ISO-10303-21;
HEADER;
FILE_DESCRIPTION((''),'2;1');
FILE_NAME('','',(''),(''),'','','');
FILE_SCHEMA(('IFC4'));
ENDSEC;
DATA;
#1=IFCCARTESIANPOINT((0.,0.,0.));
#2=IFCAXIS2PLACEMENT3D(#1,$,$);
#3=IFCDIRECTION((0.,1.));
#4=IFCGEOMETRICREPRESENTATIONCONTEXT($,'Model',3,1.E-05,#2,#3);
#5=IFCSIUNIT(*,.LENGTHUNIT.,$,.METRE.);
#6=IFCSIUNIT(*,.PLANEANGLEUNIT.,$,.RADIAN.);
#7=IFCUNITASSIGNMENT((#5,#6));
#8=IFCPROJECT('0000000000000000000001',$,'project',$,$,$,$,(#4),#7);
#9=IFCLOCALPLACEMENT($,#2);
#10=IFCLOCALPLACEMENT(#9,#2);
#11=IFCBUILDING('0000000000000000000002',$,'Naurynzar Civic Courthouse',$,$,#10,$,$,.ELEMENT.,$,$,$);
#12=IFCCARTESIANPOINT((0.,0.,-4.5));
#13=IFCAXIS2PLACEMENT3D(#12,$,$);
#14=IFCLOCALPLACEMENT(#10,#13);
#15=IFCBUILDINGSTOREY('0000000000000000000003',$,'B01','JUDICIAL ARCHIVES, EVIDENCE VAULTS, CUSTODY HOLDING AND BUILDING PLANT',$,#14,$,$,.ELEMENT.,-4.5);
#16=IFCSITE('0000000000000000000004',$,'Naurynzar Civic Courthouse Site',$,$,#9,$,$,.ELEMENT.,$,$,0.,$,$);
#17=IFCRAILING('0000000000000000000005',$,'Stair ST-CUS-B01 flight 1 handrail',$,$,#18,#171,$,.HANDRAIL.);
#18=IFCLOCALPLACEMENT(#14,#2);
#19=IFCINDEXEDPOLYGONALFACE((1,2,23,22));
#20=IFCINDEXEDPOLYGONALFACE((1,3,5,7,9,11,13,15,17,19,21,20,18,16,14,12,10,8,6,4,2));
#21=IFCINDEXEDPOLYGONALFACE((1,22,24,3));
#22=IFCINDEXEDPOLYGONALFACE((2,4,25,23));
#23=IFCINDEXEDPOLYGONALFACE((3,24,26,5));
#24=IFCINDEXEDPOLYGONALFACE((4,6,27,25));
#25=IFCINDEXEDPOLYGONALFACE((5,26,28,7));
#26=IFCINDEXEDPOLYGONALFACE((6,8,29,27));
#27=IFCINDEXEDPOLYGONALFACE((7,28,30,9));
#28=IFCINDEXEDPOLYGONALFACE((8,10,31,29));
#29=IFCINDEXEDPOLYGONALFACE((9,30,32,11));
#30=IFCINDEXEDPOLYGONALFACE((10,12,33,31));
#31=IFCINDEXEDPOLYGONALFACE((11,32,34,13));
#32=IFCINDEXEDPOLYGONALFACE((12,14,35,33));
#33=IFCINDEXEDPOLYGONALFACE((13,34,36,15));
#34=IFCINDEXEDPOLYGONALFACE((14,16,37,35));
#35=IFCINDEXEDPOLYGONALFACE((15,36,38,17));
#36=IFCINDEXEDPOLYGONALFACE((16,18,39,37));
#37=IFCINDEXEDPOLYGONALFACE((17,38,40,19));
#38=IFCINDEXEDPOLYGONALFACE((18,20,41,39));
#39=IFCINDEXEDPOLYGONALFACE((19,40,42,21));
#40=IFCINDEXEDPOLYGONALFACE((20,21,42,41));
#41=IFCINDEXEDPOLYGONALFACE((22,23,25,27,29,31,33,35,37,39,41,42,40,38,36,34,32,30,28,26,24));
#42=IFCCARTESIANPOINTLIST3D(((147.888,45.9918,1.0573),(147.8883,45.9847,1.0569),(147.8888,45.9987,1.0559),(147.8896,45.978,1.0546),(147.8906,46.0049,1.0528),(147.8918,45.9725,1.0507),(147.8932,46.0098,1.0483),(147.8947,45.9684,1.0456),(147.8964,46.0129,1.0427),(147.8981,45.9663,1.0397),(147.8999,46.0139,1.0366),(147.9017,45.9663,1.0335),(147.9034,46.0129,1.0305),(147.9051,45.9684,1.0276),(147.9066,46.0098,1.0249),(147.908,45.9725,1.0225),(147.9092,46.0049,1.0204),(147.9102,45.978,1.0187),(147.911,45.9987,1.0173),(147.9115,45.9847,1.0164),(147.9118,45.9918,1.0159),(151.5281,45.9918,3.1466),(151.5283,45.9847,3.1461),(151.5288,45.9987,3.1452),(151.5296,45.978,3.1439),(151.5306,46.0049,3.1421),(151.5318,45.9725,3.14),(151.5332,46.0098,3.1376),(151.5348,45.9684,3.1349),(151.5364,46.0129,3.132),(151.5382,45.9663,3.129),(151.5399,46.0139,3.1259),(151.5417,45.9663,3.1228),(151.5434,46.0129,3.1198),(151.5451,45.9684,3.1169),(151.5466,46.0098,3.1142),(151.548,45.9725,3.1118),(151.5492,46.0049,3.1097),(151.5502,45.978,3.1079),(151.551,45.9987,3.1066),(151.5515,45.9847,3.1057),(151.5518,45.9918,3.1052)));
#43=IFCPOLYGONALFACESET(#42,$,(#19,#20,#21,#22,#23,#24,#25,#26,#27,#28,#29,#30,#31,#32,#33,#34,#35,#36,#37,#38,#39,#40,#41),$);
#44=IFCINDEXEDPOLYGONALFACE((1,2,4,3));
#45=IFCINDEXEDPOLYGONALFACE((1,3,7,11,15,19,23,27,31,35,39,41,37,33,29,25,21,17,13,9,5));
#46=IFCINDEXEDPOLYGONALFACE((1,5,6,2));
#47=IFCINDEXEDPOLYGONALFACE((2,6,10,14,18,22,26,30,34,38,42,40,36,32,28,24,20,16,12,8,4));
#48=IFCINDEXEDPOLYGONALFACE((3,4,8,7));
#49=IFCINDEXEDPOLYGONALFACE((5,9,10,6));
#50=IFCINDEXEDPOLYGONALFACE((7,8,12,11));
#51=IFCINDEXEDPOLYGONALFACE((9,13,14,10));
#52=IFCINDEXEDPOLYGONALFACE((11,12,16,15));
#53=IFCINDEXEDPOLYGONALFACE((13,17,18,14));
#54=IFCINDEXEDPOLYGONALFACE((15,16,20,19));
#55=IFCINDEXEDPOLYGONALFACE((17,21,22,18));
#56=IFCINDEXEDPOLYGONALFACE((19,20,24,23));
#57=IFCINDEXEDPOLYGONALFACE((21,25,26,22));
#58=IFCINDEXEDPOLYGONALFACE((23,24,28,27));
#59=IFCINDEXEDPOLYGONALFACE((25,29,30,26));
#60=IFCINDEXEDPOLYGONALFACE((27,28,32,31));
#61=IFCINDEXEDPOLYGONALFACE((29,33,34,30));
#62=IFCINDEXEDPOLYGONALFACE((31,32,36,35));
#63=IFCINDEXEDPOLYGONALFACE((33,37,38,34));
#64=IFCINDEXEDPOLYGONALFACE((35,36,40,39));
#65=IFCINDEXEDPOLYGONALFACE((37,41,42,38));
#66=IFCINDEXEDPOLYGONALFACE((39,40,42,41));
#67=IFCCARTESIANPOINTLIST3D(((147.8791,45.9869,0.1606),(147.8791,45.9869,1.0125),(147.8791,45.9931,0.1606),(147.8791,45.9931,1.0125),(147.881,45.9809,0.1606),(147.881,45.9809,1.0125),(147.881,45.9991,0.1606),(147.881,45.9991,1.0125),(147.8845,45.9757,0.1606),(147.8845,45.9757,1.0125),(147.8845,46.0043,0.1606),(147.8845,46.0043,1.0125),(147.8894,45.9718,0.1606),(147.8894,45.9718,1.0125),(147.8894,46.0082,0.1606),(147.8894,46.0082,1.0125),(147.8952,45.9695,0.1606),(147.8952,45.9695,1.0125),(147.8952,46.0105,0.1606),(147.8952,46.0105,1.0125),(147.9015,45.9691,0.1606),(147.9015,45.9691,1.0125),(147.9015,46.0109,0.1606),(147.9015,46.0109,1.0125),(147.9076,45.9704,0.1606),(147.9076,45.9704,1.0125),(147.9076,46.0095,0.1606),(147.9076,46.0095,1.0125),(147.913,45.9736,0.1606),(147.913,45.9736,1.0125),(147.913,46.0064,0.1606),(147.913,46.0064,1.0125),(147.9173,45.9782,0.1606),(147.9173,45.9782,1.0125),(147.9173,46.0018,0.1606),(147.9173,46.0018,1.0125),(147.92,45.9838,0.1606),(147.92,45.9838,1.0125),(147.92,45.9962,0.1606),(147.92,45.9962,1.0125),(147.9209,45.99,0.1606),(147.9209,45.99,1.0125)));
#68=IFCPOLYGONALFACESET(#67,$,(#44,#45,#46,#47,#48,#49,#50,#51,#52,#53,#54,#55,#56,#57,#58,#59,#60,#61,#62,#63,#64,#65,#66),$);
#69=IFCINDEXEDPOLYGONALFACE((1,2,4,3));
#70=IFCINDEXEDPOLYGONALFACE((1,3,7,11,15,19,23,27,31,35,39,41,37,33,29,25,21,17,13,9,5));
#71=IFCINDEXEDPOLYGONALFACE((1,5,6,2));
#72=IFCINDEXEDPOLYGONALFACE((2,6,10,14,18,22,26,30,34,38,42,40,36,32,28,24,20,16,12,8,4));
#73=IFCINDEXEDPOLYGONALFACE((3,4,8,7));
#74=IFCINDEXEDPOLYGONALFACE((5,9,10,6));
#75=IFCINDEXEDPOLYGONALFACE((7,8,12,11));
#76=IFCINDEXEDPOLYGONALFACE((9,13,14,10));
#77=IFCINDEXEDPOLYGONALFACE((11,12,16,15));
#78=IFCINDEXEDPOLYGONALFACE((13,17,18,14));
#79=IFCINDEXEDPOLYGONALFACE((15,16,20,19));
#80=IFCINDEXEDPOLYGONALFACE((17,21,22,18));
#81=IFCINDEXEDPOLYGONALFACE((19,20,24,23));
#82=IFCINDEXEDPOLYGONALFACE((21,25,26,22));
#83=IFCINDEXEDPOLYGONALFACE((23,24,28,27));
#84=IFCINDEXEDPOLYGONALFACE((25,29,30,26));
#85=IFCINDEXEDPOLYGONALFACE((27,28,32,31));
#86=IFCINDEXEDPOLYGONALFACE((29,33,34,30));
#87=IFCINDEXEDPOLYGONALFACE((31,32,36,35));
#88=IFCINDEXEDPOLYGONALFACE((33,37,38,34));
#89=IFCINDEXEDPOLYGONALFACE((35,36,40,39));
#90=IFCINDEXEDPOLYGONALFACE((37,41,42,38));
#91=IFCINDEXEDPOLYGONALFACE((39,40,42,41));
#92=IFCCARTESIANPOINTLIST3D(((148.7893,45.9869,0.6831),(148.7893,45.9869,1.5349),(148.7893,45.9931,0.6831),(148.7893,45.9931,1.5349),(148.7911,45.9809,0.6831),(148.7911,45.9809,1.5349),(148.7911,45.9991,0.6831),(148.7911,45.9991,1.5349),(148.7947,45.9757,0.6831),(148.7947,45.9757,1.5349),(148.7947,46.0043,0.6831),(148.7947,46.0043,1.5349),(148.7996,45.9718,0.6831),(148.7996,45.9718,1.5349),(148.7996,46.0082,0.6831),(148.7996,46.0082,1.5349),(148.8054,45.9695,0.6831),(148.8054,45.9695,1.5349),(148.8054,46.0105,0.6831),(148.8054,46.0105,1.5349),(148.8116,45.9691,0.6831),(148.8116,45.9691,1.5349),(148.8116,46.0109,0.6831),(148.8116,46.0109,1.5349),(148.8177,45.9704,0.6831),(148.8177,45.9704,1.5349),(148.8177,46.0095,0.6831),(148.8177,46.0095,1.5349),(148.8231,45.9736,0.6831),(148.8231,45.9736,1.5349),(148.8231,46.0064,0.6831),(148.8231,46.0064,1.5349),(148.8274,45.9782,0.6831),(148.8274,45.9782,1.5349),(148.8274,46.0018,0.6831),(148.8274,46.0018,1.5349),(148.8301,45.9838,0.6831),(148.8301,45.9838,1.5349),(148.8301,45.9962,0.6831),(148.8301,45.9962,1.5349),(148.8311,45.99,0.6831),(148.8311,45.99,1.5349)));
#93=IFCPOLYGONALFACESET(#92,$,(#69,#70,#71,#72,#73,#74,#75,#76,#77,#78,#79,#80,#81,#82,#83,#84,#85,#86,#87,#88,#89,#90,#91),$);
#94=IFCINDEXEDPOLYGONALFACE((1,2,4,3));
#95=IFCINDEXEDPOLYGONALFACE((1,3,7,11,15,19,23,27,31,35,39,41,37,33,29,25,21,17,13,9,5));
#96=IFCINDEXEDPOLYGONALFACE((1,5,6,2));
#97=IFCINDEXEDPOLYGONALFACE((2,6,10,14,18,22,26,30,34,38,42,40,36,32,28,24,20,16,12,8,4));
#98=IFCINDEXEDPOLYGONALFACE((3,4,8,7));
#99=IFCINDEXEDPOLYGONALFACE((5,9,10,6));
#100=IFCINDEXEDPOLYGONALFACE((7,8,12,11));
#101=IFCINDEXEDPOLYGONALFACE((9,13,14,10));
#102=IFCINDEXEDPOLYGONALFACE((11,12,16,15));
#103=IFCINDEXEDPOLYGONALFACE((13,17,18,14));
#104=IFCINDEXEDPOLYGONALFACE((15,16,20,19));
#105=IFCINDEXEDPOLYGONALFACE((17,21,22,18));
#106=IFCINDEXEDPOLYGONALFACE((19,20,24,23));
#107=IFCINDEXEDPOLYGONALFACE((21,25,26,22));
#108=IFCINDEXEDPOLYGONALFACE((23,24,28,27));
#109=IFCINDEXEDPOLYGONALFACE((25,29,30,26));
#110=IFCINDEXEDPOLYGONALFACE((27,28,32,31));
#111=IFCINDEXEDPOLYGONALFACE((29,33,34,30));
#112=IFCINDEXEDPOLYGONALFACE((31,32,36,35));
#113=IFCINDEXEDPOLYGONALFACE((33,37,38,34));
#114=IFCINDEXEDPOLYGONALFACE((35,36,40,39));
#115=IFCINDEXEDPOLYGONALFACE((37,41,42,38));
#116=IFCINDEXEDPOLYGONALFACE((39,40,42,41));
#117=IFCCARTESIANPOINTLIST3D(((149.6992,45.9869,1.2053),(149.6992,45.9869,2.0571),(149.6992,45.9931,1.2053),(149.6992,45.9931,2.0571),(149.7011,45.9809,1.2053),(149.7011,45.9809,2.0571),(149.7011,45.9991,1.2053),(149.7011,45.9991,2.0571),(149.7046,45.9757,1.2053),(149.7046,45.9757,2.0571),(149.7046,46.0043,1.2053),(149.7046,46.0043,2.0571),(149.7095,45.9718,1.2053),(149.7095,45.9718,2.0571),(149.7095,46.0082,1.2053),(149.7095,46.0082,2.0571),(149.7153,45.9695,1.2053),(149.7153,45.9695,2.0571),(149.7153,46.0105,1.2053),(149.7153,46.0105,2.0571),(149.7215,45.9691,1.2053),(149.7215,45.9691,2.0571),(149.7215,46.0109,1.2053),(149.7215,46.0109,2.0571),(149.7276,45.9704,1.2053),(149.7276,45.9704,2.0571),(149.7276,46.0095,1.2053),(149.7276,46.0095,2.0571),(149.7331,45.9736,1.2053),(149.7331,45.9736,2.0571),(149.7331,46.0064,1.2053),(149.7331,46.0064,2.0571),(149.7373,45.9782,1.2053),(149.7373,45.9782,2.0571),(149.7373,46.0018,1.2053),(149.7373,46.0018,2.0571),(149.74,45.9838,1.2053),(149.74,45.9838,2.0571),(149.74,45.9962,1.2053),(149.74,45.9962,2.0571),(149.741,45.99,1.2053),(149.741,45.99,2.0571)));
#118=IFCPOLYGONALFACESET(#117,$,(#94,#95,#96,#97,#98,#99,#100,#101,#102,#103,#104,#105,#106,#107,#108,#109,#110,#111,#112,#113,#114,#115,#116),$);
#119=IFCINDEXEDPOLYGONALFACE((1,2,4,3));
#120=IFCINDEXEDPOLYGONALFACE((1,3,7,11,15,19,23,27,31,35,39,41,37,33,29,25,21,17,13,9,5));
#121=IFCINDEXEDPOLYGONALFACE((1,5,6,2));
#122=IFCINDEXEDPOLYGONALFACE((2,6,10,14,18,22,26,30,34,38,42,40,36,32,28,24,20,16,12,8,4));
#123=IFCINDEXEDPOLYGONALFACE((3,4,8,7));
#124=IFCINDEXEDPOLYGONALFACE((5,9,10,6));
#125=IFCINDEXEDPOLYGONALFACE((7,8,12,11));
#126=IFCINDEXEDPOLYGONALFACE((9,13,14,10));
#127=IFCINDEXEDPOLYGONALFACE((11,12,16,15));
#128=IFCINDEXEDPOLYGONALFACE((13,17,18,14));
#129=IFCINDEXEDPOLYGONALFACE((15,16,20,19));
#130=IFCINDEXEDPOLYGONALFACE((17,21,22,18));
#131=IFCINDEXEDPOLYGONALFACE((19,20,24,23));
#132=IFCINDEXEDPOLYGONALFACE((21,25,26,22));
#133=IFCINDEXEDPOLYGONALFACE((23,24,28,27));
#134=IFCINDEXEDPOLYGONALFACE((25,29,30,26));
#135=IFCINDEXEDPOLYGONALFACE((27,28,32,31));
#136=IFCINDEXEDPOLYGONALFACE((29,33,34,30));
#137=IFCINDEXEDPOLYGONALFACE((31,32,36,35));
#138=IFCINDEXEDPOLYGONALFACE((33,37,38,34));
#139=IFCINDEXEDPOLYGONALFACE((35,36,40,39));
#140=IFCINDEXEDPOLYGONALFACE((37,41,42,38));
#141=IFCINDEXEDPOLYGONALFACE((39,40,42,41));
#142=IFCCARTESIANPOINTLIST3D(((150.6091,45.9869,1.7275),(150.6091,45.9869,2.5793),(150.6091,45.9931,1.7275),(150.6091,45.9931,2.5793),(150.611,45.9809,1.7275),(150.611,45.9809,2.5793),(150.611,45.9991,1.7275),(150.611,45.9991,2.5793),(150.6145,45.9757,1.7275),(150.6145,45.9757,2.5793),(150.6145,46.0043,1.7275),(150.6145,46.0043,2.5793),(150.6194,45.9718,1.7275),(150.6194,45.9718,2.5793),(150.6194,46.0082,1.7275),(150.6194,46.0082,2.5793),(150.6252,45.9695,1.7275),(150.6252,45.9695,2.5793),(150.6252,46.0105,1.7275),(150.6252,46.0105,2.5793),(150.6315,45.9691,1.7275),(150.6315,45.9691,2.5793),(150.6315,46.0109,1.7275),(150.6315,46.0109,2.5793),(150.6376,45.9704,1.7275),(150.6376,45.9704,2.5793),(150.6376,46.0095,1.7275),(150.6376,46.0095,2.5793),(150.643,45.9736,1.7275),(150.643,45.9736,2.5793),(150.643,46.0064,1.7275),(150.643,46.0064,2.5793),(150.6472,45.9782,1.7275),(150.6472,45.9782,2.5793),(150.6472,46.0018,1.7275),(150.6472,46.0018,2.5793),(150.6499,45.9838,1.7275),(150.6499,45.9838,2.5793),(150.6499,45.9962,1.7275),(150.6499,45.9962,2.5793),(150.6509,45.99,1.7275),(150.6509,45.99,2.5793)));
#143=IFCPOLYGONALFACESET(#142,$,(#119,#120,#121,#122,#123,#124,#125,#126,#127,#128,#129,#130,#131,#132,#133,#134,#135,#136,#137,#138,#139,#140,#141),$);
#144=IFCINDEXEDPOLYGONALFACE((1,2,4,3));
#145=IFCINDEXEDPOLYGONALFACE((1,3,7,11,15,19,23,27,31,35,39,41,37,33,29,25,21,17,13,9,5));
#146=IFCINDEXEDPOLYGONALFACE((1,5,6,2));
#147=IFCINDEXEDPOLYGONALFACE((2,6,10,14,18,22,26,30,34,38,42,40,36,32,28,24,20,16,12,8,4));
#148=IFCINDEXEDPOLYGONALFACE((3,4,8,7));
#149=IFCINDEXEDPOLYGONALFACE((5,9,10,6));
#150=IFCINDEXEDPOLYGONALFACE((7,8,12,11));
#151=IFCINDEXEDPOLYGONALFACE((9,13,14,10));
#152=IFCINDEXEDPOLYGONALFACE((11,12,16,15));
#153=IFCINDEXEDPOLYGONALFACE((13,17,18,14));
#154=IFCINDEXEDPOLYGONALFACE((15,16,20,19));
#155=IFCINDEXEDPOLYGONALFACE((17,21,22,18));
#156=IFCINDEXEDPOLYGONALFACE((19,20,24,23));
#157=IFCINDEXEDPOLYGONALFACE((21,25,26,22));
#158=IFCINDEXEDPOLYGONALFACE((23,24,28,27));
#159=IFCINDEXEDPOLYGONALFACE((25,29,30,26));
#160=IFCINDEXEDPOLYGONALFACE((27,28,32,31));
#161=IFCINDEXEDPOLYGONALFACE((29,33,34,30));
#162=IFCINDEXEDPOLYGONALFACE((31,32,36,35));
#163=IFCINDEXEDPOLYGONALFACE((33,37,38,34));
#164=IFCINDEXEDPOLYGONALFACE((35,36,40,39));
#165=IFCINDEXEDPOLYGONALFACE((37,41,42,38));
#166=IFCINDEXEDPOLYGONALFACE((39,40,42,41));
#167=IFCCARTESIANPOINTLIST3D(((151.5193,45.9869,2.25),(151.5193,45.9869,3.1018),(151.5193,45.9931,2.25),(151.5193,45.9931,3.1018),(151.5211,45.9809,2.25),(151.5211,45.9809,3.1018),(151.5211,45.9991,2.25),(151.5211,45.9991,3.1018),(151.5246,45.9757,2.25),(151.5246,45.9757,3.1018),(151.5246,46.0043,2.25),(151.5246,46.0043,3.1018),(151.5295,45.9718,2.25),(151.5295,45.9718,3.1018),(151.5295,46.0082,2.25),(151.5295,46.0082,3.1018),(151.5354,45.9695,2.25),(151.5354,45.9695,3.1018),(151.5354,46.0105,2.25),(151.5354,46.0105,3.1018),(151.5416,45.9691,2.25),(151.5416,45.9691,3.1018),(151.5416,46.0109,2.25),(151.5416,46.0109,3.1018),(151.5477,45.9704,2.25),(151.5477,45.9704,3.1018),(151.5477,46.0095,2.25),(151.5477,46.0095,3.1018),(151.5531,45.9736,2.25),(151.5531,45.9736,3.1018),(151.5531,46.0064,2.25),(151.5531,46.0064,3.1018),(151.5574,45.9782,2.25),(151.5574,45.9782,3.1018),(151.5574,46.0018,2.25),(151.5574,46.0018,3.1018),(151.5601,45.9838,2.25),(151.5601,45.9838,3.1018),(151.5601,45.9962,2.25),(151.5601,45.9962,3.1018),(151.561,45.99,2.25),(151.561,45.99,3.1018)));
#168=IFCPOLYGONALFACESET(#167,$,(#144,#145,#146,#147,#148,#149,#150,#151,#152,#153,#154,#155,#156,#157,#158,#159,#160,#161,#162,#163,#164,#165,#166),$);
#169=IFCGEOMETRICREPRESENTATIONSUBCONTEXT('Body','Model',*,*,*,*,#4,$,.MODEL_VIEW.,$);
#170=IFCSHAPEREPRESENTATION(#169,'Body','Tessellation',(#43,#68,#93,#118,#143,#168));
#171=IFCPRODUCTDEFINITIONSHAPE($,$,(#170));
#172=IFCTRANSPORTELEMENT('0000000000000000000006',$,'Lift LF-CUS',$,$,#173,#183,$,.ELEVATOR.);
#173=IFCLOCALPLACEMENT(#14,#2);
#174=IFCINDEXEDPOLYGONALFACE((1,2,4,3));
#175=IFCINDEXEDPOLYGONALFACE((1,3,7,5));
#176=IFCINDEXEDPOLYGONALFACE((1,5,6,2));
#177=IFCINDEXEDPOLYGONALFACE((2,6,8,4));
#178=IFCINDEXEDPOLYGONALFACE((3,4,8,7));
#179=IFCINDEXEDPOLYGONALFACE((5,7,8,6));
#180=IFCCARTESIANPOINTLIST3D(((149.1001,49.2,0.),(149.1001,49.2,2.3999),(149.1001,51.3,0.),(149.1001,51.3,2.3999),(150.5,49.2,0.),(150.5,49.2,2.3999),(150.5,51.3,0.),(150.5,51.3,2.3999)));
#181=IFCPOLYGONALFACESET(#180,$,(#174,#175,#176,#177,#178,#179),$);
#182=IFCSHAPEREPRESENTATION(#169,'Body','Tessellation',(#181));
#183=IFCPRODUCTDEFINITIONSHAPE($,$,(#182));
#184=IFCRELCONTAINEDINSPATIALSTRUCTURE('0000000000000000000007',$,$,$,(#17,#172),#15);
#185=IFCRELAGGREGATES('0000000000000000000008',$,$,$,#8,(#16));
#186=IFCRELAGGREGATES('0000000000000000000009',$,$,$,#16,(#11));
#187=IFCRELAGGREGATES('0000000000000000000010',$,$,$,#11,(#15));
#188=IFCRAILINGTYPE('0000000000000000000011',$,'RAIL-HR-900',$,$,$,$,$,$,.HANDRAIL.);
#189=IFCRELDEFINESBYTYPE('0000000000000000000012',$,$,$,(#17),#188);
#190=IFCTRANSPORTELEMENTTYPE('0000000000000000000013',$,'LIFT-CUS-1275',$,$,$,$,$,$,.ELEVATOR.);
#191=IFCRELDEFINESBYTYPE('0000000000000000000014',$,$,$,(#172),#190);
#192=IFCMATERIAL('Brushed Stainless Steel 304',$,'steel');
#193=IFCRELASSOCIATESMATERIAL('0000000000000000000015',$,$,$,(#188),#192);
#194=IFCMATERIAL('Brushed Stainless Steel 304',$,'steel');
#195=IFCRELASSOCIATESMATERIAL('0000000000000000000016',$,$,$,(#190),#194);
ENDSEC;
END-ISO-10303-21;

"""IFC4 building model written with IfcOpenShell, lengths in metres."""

from ifc_helpers import new_model, si_unit, direction, frame, origin, origin_2d, place, context, subcontext, project, spatial, rectangle, circle, extrude, material, type_object, element, save


model = new_model("IFC4")

# Units and contexts
model_context = context("Model", 3, precision=1e-05, world=origin(), true_north=direction((0.0, 1.0)))
body_context = subcontext(model_context, "Body", "Model", "MODEL_VIEW")
ifc_project = project(units=[si_unit("LENGTHUNIT", "METRE"), si_unit("PLANEANGLEUNIT", "RADIAN")], contexts=[model_context])

# Site, building, storey
site_placement = place(None, origin())
site = spatial("IfcSite", under=ifc_project, at=site_placement, Name="Naurynzar Civic Courthouse Site", CompositionType="ELEMENT", RefElevation=0.0)
building_placement = place(site_placement, origin())
building = spatial("IfcBuilding", under=site, at=building_placement, Name="Naurynzar Civic Courthouse", CompositionType="ELEMENT")
storey_placement = place(building_placement, frame((0.0, 0.0, -4.5)))
storey = spatial("IfcBuildingStorey", under=building, at=storey_placement, Name="B01", Description="JUDICIAL ARCHIVES, EVIDENCE VAULTS, CUSTODY HOLDING AND BUILDING PLANT", CompositionType="ELEMENT", Elevation=-4.5)

# Railing
ifc_material_1 = material(Name="Brushed Stainless Steel 304", Category="steel")
railing_type = type_object("IfcRailingType", Name="RAIL-HR-900", PredefinedType="HANDRAIL", material=ifc_material_1)
railing_placement = place(storey_placement, frame((147.8999, 45.99, 0.1606)))
element("IfcRailing", 1, at=railing_placement, inside=storey, type_object=railing_type, Name="Stair ST-CUS-B01 flight 1 handrail", PredefinedType="HANDRAIL", context=body_context, shape_type="SweptSolid", body=[
    extrude(circle(Radius=0.0239, at=origin_2d()), frame((0.0, 0.0, 0.876), z_axis=(0.867289, 0.0, 0.497804), x_axis=(0.0, 1.0, 0.0)), (0.0, 0.0, 1.0), 4.197),
    extrude(circle(Radius=0.021, at=origin_2d()), origin(), (0.0, 0.0, 1.0), 0.8518),
    extrude(circle(Radius=0.021, at=origin_2d()), frame((0.9102, 0.0, 0.5225)), (0.0, 0.0, 1.0), 0.8518),
    extrude(circle(Radius=0.021, at=origin_2d()), frame((1.8201, 0.0, 1.0447)), (0.0, 0.0, 1.0), 0.8518),
    extrude(circle(Radius=0.021, at=origin_2d()), frame((2.73, 0.0, 1.5669)), (0.0, 0.0, 1.0), 0.8518),
    extrude(circle(Radius=0.021, at=origin_2d()), frame((3.6401, 0.0, 2.0894)), (0.0, 0.0, 1.0), 0.8518),
])

# Transport element
ifc_material_2 = material(Name="Brushed Stainless Steel 304", Category="steel")
transport_element_type = type_object("IfcTransportElementType", Name="LIFT-CUS-1275", PredefinedType="ELEVATOR", material=ifc_material_2)
transport_element_placement = place(storey_placement, frame((149.8, 50.25, 0.0), z_axis=(0.0, 0.0, 1.0), x_axis=(1.0, 0.0, 0.0)))
element("IfcTransportElement", 2, at=transport_element_placement, inside=storey, type_object=transport_element_type, Name="Lift LF-CUS", PredefinedType="ELEVATOR", context=body_context, shape_type="SweptSolid", body=[
    extrude(rectangle(XDim=1.3999, YDim=2.1001, at=origin_2d()), origin(), (0.0, 0.0, 1.0), 2.3999),
])

save(model, "model.ifc")
